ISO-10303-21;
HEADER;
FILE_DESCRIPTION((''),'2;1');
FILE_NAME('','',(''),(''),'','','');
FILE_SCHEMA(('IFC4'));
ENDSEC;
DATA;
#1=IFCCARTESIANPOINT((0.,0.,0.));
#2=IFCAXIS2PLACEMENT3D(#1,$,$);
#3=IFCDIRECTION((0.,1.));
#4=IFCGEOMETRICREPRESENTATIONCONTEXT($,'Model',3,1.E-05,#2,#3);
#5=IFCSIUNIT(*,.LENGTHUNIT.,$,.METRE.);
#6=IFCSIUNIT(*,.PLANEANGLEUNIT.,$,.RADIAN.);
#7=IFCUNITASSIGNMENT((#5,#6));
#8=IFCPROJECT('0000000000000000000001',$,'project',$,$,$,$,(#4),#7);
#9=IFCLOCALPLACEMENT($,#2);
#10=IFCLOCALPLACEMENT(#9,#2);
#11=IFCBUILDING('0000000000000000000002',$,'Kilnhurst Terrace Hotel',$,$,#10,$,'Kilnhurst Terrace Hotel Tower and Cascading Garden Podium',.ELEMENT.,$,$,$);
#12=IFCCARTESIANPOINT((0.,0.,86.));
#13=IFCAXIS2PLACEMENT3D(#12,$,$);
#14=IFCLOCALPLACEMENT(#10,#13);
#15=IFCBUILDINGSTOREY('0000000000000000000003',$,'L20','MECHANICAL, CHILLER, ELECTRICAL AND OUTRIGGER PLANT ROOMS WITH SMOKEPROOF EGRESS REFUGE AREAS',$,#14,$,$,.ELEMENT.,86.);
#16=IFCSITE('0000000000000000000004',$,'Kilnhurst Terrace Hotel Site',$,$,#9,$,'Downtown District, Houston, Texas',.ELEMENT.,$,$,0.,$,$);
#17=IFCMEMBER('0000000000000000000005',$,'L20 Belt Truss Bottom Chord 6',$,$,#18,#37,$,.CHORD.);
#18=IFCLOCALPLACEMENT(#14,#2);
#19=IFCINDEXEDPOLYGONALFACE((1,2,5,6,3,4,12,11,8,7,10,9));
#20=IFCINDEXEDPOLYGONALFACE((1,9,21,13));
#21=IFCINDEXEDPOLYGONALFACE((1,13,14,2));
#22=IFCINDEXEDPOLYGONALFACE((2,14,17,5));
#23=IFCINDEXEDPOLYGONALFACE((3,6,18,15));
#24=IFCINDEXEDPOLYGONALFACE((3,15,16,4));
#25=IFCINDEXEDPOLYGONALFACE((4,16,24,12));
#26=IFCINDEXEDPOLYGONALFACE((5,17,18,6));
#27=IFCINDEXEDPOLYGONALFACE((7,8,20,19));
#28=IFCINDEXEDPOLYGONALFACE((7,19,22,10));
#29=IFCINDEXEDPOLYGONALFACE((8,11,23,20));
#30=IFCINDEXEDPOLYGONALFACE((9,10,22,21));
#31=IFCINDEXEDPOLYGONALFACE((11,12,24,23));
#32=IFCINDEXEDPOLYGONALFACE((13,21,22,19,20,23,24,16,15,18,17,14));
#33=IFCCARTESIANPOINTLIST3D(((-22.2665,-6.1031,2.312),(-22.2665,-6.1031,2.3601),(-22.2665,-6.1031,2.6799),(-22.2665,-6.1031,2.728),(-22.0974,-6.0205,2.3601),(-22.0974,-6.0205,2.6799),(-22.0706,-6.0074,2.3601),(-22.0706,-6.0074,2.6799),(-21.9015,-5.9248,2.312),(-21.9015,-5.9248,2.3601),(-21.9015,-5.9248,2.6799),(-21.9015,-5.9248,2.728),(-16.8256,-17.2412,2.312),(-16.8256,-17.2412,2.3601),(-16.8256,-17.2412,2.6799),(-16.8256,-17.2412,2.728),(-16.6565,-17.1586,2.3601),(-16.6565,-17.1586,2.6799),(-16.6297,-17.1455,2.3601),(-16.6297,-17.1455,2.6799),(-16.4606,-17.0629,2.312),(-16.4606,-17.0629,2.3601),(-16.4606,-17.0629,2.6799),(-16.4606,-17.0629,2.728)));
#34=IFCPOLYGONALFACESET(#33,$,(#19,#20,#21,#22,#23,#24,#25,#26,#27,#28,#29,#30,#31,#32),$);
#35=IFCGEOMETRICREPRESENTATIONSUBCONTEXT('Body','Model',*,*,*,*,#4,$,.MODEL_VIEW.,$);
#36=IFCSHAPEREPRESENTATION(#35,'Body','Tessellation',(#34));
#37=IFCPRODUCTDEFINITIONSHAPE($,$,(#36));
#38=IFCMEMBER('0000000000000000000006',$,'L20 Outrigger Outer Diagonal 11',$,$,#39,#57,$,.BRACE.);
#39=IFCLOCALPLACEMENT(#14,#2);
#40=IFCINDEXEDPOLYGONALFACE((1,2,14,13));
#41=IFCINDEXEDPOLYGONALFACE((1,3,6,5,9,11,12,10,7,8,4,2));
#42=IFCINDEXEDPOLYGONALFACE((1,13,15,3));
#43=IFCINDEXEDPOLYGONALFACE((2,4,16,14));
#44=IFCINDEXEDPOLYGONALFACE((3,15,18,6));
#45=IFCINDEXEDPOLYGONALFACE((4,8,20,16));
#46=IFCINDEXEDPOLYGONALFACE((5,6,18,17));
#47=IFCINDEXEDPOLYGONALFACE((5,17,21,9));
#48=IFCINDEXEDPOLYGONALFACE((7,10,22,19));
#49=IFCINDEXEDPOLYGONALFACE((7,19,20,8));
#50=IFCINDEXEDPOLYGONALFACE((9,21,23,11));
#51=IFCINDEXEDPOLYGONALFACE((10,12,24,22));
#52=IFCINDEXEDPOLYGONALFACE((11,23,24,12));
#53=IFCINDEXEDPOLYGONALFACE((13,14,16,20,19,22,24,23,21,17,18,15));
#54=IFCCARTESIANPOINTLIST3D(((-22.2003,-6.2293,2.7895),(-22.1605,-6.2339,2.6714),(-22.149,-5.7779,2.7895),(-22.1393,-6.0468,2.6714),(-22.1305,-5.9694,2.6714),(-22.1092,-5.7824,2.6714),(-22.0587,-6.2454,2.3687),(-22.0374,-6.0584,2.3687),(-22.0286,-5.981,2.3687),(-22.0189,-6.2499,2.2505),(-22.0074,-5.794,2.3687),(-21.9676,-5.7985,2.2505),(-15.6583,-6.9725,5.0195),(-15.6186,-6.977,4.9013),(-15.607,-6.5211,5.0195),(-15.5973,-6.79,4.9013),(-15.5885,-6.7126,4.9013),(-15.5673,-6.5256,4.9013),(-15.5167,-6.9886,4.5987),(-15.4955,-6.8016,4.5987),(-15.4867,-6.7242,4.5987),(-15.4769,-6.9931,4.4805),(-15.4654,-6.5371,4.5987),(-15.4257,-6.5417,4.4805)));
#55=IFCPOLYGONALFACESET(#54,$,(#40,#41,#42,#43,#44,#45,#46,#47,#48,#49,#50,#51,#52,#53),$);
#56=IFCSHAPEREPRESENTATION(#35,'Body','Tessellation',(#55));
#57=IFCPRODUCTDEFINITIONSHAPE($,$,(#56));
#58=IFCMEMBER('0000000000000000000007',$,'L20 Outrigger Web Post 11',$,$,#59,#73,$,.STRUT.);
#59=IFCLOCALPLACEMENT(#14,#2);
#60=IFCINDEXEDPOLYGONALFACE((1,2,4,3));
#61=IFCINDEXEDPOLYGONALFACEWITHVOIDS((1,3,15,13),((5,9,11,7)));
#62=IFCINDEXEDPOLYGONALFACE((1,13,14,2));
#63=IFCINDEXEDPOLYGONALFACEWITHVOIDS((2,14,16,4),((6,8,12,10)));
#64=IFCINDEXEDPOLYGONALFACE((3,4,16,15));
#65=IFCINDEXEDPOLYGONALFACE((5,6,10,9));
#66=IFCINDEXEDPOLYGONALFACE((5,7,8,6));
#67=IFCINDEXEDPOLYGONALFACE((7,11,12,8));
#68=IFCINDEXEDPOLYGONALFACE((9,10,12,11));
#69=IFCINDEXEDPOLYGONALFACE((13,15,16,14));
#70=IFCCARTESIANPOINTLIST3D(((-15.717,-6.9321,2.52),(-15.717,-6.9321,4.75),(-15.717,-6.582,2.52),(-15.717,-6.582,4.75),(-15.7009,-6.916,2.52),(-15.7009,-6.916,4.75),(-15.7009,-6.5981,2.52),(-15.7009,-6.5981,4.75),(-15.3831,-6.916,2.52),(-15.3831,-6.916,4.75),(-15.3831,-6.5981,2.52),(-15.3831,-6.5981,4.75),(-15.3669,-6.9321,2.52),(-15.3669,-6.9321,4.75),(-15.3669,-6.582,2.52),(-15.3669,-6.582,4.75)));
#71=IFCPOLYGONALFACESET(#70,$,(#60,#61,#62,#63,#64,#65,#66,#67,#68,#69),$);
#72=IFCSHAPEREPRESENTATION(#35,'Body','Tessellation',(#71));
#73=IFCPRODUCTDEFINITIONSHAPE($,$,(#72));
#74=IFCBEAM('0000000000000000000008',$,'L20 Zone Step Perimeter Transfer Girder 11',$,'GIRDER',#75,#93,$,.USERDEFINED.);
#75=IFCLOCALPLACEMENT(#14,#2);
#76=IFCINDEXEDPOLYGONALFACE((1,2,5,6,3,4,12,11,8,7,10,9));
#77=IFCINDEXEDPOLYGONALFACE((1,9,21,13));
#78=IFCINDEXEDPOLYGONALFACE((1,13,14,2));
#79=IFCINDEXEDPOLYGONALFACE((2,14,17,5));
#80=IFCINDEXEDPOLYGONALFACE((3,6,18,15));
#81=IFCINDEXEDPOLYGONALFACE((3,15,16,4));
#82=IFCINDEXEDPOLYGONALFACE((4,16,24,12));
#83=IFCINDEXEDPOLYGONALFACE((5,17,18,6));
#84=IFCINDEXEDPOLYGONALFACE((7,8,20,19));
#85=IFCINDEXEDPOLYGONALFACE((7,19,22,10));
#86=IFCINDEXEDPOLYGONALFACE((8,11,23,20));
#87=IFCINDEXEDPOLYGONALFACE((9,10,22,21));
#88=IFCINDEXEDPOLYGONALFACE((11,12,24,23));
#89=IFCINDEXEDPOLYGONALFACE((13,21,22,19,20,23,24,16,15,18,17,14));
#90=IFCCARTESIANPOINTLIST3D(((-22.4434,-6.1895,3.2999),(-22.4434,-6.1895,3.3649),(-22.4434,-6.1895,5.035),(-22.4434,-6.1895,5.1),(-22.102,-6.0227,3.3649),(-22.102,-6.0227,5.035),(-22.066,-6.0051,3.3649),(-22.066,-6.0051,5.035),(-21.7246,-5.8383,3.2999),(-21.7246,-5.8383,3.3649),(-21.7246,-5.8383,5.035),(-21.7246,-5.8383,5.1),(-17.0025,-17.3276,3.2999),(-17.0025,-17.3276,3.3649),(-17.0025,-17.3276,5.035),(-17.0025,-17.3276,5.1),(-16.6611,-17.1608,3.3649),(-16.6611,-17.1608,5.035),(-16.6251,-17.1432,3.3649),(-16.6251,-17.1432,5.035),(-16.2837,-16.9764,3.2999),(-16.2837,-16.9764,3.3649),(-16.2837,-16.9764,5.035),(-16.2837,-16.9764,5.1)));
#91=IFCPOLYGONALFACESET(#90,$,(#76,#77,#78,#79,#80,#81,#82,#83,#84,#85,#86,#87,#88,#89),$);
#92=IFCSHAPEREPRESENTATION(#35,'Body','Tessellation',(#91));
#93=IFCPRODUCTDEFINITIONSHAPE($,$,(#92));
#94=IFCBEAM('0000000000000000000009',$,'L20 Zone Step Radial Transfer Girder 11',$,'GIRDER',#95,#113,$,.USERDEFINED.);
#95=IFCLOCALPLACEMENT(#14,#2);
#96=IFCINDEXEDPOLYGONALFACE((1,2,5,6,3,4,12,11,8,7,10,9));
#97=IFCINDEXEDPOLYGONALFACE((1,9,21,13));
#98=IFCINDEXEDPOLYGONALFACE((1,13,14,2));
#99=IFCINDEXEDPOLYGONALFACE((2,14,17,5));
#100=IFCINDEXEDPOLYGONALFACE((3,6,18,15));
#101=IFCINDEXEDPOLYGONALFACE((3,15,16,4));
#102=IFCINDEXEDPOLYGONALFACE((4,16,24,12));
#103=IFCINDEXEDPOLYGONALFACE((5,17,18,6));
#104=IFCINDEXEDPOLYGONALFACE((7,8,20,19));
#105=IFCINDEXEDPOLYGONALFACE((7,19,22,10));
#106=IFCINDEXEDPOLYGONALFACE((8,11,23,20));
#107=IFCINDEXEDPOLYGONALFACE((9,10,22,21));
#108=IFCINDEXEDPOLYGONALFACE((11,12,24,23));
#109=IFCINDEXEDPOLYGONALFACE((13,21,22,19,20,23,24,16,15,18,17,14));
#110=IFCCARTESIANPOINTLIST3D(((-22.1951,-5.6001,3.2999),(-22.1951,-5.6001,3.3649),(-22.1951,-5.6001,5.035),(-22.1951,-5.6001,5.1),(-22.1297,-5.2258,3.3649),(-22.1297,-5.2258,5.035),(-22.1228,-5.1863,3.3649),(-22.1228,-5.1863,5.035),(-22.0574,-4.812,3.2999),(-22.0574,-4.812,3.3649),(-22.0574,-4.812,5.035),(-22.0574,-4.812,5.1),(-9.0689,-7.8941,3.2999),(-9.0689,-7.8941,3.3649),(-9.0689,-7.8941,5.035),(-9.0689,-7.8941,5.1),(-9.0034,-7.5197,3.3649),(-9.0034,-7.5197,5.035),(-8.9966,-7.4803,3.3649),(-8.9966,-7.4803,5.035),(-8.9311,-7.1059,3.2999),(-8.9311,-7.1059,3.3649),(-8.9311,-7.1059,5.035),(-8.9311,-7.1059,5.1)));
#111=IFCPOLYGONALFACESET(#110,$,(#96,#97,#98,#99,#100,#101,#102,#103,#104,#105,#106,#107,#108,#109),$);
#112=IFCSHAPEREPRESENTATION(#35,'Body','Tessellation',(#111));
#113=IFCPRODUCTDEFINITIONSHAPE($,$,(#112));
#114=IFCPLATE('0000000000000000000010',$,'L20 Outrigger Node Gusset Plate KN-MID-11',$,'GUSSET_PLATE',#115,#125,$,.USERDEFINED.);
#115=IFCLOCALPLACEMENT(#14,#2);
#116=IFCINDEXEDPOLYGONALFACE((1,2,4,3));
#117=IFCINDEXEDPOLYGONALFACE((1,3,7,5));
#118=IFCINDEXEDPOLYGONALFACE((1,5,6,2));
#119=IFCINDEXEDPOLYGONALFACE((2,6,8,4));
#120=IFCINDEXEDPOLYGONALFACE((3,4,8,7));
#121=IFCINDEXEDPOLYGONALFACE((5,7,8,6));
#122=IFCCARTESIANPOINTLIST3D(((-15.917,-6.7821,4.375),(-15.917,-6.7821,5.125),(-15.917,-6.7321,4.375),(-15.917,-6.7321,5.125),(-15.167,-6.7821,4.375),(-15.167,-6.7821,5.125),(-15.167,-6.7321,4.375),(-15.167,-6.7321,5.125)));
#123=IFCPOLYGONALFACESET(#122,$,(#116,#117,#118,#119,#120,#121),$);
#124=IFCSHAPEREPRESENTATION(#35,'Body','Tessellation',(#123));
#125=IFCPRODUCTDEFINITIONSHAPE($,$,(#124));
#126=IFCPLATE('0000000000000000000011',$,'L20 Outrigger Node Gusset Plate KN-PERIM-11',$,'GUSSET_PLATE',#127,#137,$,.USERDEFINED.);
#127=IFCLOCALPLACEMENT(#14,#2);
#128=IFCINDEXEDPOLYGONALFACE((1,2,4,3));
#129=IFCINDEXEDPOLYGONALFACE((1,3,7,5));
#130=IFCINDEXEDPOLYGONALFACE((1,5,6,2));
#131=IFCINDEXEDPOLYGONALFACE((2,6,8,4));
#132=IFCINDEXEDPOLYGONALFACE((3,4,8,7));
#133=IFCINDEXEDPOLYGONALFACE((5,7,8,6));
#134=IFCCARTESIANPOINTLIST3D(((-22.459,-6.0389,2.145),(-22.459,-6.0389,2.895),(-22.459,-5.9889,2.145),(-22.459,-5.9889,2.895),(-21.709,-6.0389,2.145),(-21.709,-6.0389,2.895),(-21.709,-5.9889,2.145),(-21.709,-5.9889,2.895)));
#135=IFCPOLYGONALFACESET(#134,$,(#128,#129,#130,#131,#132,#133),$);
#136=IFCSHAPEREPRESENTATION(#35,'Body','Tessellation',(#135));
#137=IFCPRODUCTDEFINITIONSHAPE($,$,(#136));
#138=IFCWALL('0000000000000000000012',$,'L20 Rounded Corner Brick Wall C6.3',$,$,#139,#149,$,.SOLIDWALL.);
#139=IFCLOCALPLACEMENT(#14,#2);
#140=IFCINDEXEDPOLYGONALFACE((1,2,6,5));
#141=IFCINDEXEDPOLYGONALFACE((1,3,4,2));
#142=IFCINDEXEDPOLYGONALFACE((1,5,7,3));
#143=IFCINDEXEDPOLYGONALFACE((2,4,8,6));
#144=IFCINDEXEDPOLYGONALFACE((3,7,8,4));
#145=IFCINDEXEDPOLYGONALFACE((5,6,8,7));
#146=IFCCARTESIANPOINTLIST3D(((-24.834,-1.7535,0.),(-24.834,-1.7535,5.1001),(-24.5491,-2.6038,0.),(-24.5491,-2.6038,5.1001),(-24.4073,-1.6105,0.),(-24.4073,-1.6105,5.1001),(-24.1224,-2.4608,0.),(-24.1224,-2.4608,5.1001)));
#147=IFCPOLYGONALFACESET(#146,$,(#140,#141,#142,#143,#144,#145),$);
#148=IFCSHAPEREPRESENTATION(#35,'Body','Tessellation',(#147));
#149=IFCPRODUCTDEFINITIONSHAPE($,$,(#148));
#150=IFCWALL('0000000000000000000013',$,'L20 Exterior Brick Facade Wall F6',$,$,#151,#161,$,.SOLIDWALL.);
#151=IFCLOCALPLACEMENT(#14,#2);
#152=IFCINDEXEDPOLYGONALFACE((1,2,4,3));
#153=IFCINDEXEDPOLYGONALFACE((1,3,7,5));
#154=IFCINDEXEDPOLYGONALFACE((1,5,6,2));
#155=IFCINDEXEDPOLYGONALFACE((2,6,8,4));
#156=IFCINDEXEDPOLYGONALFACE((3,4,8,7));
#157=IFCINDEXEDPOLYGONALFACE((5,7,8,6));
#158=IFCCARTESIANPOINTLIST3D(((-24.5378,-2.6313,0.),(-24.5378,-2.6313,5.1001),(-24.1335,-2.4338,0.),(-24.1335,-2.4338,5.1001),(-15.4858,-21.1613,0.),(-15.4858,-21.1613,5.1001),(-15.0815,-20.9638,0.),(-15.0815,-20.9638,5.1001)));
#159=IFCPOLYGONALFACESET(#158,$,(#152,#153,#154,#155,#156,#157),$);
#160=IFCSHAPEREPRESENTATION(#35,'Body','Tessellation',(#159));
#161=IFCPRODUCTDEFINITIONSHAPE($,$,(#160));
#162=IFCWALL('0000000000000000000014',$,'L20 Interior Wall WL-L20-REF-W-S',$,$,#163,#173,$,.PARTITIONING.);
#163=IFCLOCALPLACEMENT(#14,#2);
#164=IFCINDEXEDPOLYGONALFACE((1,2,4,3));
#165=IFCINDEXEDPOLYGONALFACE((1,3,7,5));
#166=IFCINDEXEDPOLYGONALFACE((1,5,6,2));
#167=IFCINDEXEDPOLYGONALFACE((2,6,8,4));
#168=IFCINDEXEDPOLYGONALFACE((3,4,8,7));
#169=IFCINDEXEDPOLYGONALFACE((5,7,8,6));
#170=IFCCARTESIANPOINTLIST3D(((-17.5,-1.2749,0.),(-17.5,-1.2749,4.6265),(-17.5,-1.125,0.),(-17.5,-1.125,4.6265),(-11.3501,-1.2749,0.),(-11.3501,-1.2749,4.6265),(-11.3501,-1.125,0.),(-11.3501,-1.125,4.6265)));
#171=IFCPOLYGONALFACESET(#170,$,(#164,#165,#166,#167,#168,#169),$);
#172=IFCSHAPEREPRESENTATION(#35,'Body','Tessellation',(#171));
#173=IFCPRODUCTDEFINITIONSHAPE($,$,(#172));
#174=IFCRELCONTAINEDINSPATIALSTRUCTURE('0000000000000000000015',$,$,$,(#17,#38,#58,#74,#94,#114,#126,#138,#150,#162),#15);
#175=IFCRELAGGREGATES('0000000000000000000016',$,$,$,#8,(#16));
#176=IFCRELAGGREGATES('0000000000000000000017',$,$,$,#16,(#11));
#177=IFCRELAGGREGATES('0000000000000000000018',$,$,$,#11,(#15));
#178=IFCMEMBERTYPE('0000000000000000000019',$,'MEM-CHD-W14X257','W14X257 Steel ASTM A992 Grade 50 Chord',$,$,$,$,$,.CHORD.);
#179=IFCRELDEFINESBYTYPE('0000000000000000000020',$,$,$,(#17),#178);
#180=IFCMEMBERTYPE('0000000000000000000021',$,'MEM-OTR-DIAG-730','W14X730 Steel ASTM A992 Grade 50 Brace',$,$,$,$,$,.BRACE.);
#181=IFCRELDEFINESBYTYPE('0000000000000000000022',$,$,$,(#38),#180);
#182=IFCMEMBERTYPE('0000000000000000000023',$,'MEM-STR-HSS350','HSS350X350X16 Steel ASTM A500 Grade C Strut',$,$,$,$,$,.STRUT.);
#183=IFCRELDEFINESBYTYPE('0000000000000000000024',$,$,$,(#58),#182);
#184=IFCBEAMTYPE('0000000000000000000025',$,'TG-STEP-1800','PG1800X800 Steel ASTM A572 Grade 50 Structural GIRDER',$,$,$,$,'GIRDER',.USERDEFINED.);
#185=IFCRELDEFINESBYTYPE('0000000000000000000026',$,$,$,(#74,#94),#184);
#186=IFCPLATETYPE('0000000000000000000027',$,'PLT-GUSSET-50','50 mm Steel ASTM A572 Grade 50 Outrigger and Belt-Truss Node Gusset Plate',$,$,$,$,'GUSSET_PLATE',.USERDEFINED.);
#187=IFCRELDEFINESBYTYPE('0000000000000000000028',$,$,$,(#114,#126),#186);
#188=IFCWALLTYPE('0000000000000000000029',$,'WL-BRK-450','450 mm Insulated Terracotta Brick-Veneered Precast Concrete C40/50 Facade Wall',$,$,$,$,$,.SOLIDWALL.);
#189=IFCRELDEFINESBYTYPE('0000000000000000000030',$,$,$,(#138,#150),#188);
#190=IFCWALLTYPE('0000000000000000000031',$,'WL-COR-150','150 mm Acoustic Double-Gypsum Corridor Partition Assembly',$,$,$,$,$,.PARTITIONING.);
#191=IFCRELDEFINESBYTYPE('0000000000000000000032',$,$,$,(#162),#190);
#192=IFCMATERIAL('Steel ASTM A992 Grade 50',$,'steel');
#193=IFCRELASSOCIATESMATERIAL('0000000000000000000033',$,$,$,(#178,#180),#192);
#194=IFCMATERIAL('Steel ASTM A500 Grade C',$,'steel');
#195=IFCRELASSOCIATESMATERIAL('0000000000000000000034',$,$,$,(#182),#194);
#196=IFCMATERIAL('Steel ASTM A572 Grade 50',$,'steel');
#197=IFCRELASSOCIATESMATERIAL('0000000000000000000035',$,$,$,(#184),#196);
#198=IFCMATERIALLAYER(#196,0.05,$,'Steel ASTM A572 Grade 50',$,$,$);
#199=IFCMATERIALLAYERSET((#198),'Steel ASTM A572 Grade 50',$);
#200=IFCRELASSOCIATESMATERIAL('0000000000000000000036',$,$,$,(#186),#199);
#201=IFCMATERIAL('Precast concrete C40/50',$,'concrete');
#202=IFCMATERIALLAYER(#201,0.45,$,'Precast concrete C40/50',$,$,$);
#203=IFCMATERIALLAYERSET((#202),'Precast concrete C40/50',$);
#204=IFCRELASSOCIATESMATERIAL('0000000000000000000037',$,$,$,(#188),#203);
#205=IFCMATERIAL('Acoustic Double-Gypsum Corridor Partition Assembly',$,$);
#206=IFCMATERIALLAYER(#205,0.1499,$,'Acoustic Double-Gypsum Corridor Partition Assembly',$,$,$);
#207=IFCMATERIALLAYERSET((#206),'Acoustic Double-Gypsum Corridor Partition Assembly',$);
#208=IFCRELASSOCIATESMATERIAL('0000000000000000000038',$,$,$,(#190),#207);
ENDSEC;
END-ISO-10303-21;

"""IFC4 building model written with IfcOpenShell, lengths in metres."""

from ifc_helpers import new_model, si_unit, direction, frame, frame_2d, origin, origin_2d, place, context, subcontext, project, spatial, rectangle, hollow_rectangle, i_section, extrude, material, layer, layer_set, material_profile, profile_set, type_object, element, save


model = new_model("IFC4")

# Units and contexts
model_context = context("Model", 3, precision=1e-05, world=origin(), true_north=direction((0.0, 1.0)))
body_context = subcontext(model_context, "Body", "Model", "MODEL_VIEW")
ifc_project = project(units=[si_unit("LENGTHUNIT", "METRE"), si_unit("PLANEANGLEUNIT", "RADIAN")], contexts=[model_context])

# Site, building, storey
site_placement = place(None, origin())
site = spatial("IfcSite", under=ifc_project, at=site_placement, Name="Kilnhurst Terrace Hotel Site", LongName="Downtown District, Houston, Texas", CompositionType="ELEMENT", RefElevation=0.0)
building_placement = place(site_placement, origin())
building = spatial("IfcBuilding", under=site, at=building_placement, Name="Kilnhurst Terrace Hotel", LongName="Kilnhurst Terrace Hotel Tower and Cascading Garden Podium", CompositionType="ELEMENT")
storey_placement = place(building_placement, frame((0.0, 0.0, 86.0)))
storey = spatial("IfcBuildingStorey", under=building, at=storey_placement, Name="L20", Description="MECHANICAL, CHILLER, ELECTRICAL AND OUTRIGGER PLANT ROOMS WITH SMOKEPROOF EGRESS REFUGE AREAS", CompositionType="ELEMENT", Elevation=86.0)

# Shared definitions
ifc_material_1 = material(Name="Steel ASTM A992 Grade 50", Category="steel")

# Members
ifc_material_2 = material(Name="Steel ASTM A500 Grade C", Category="steel")
ifc_material_profile_1 = material_profile(ifc_material_1, i_section(OverallWidth=0.4062, OverallDepth=0.416, WebThickness=0.0298, FlangeThickness=0.0481, at=origin_2d()), Name="W14X257")
ifc_profile_set_1 = profile_set([ifc_material_profile_1], Name="Steel ASTM A992 Grade 50")
member_type_1 = type_object("IfcMemberType", Name="MEM-CHD-W14X257", Description="W14X257 Steel ASTM A992 Grade 50 Chord", PredefinedType="CHORD", material=ifc_profile_set_1)
member_1_placement = place(storey_placement, frame((-22.084, -6.0139, 2.52), z_axis=(0.438923, -0.898525, 0.0), x_axis=(0.898525, 0.438923, 0.0)))
element("IfcMember", 1, at=member_1_placement, inside=storey, type_object=member_type_1, Name="L20 Belt Truss Bottom Chord 6", PredefinedType="CHORD", context=body_context, shape_type="SweptSolid", body=[
    extrude(i_section(OverallWidth=0.4062, OverallDepth=0.416, WebThickness=0.0298, FlangeThickness=0.0481, at=origin_2d()), origin(), (0.0, 0.0, 1.0), 12.396),
])
ifc_material_profile_2 = material_profile(ifc_material_1, i_section(OverallWidth=0.4543, OverallDepth=0.5691, WebThickness=0.0779, FlangeThickness=0.1248, at=origin_2d()), Name="W14X730")
ifc_profile_set_2 = profile_set([ifc_material_profile_2], Name="Steel ASTM A992 Grade 50")
member_type_2 = type_object("IfcMemberType", Name="MEM-OTR-DIAG-730", Description="W14X730 Steel ASTM A992 Grade 50 Brace", PredefinedType="BRACE", material=ifc_profile_set_2)
member_2_placement = place(storey_placement, frame((-15.542, -6.7571, 4.75), z_axis=(-0.941096, 0.106908, -0.320793), x_axis=(-0.112873, -0.993609, 0.0)))
element("IfcMember", 2, at=member_2_placement, inside=storey, type_object=member_type_2, Name="L20 Outrigger Outer Diagonal 11", PredefinedType="BRACE", context=body_context, shape_type="SweptSolid", body=[
    extrude(i_section(OverallWidth=0.4543, OverallDepth=0.5691, WebThickness=0.0779, FlangeThickness=0.1248, at=origin_2d()), origin(), (0.0, 0.0, 1.0), 6.9514),
])
ifc_material_profile_3 = material_profile(ifc_material_2, hollow_rectangle(XDim=0.3501, YDim=0.3501, WallThickness=0.0161, at=origin_2d()), Name="HSS350X350X16")
ifc_profile_set_3 = profile_set([ifc_material_profile_3], Name="Steel ASTM A500 Grade C")
member_type_3 = type_object("IfcMemberType", Name="MEM-STR-HSS350", Description="HSS350X350X16 Steel ASTM A500 Grade C Strut", PredefinedType="STRUT", material=ifc_profile_set_3)
member_3_placement = place(storey_placement, frame((-15.542, -6.7571, 2.52), z_axis=(0.0, 0.0, 1.0), x_axis=(1.0, 0.0, 0.0)))
element("IfcMember", 3, at=member_3_placement, inside=storey, type_object=member_type_3, Name="L20 Outrigger Web Post 11", PredefinedType="STRUT", context=body_context, shape_type="SweptSolid", body=[
    extrude(hollow_rectangle(XDim=0.3501, YDim=0.3501, WallThickness=0.0161, at=origin_2d()), origin(), (0.0, 0.0, 1.0), 2.23),
])

# Beams
ifc_material_3 = material(Name="Steel ASTM A572 Grade 50", Category="steel")
ifc_material_profile_4 = material_profile(ifc_material_3, i_section(OverallWidth=0.8, OverallDepth=1.8, WebThickness=0.04, FlangeThickness=0.0649, at=origin_2d()), Name="PG1800X800")
ifc_profile_set_4 = profile_set([ifc_material_profile_4], Name="Steel ASTM A572 Grade 50")
beam_type_1 = type_object("IfcBeamType", Name="TG-STEP-1800", Description="PG1800X800 Steel ASTM A572 Grade 50 Structural GIRDER", ElementType="GIRDER", PredefinedType="USERDEFINED", material=ifc_profile_set_4)
beam_1_placement = place(storey_placement, frame((-22.084, -6.0139, 4.2), z_axis=(0.438923, -0.898525, 0.0), x_axis=(0.898525, 0.438923, 0.0)))
element("IfcBeam", 4, at=beam_1_placement, inside=storey, type_object=beam_type_1, Name="L20 Zone Step Perimeter Transfer Girder 11", ObjectType="GIRDER", PredefinedType="USERDEFINED", context=body_context, shape_type="SweptSolid", body=[
    extrude(i_section(OverallWidth=0.8, OverallDepth=1.8, WebThickness=0.04, FlangeThickness=0.0649, at=origin_2d()), origin(), (0.0, 0.0, 1.0), 12.396),
])
beam_2_placement = place(storey_placement, frame((-9.0, -7.5, 4.2), z_axis=(-0.98507, 0.172151, 0.0), x_axis=(-0.172151, -0.98507, 0.0)))
element("IfcBeam", 5, at=beam_2_placement, inside=storey, type_object=beam_type_1, Name="L20 Zone Step Radial Transfer Girder 11", ObjectType="GIRDER", PredefinedType="USERDEFINED", context=body_context, shape_type="SweptSolid", body=[
    extrude(i_section(OverallWidth=0.8, OverallDepth=1.8, WebThickness=0.04, FlangeThickness=0.0649, at=origin_2d()), origin(), (0.0, 0.0, 1.0), 13.3252),
])

# Plates
ifc_layer_1 = layer(ifc_material_3, 0.05, Name="Steel ASTM A572 Grade 50")
ifc_layer_set_1 = layer_set([ifc_layer_1], Name="Steel ASTM A572 Grade 50")
plate_type = type_object("IfcPlateType", Name="PLT-GUSSET-50", Description="50 mm Steel ASTM A572 Grade 50 Outrigger and Belt-Truss Node Gusset Plate", ElementType="GUSSET_PLATE", PredefinedType="USERDEFINED", material=ifc_layer_set_1)
for number, where, z_axis, x_axis, name in (
    (6, (-15.542, -6.7571, 4.375), (0.0, 0.0, 1.0), (1.0, 0.0, 0.0), "L20 Outrigger Node Gusset Plate KN-MID-11"),
    (7, (-22.084, -6.0139, 2.145), (0.0, 0.0, 1.0), (1.0, 0.0, 0.0), "L20 Outrigger Node Gusset Plate KN-PERIM-11"),
):
    element("IfcPlate", number, at=place(storey_placement, frame(where, z_axis=z_axis, x_axis=x_axis)), inside=storey, type_object=plate_type, Name=name, ObjectType="GUSSET_PLATE", PredefinedType="USERDEFINED", context=body_context, shape_type="SweptSolid", body=[
        extrude(rectangle(XDim=0.75, YDim=0.05, at=origin_2d()), origin(), (0.0, 0.0, 1.0), 0.75),
    ])

# Walls
ifc_material_4 = material(Name="Precast concrete C40/50", Category="concrete")
ifc_layer_2 = layer(ifc_material_4, 0.45, Name="Precast concrete C40/50")
ifc_layer_set_2 = layer_set([ifc_layer_2], Name="Precast concrete C40/50")
wall_type_1 = type_object("IfcWallType", Name="WL-BRK-450", Description="450 mm Insulated Terracotta Brick-Veneered Precast Concrete C40/50 Facade Wall", PredefinedType="SOLIDWALL", material=ifc_layer_set_2)
wall_1_placement = place(storey_placement, frame((-24.6206, -1.6821, 0.0), z_axis=(0.0, 0.0, 1.0), x_axis=(0.317697, -0.948192, 0.0)))
element("IfcWall", 8, at=wall_1_placement, inside=storey, type_object=wall_type_1, Name="L20 Rounded Corner Brick Wall C6.3", PredefinedType="SOLIDWALL", context=body_context, shape_type="SweptSolid", body=[
    extrude(rectangle(XDim=0.8967, YDim=0.45, at=frame_2d((0.4482, 0.0))), origin(), (0.0, 0.0, 1.0), 5.1001),
])
wall_2_placement = place(storey_placement, frame((-24.3357, -2.5325, 0.0), z_axis=(0.0, 0.0, 1.0), x_axis=(0.438931, -0.898521, 0.0)))
element("IfcWall", 9, at=wall_2_placement, inside=storey, type_object=wall_type_1, Name="L20 Exterior Brick Facade Wall F6", PredefinedType="SOLIDWALL", context=body_context, shape_type="SweptSolid", body=[
    extrude(rectangle(XDim=20.6228, YDim=0.45, at=frame_2d((10.3115, 0.0))), origin(), (0.0, 0.0, 1.0), 5.1001),
])
ifc_material_5 = material(Name="Acoustic Double-Gypsum Corridor Partition Assembly")
ifc_layer_3 = layer(ifc_material_5, 0.1499, Name="Acoustic Double-Gypsum Corridor Partition Assembly")
ifc_layer_set_3 = layer_set([ifc_layer_3], Name="Acoustic Double-Gypsum Corridor Partition Assembly")
wall_type_2 = type_object("IfcWallType", Name="WL-COR-150", Description="150 mm Acoustic Double-Gypsum Corridor Partition Assembly", PredefinedType="PARTITIONING", material=ifc_layer_set_3)
wall_3_placement = place(storey_placement, frame((-17.5, -1.2, 0.0), z_axis=(0.0, 0.0, 1.0), x_axis=(1.0, 0.0, 0.0)))
element("IfcWall", 10, at=wall_3_placement, inside=storey, type_object=wall_type_2, Name="L20 Interior Wall WL-L20-REF-W-S", PredefinedType="PARTITIONING", context=body_context, shape_type="SweptSolid", body=[
    extrude(rectangle(XDim=6.1499, YDim=0.1499, at=frame_2d((3.075, 0.0))), origin(), (0.0, 0.0, 1.0), 4.6265),
])

save(model, "model.ifc")
